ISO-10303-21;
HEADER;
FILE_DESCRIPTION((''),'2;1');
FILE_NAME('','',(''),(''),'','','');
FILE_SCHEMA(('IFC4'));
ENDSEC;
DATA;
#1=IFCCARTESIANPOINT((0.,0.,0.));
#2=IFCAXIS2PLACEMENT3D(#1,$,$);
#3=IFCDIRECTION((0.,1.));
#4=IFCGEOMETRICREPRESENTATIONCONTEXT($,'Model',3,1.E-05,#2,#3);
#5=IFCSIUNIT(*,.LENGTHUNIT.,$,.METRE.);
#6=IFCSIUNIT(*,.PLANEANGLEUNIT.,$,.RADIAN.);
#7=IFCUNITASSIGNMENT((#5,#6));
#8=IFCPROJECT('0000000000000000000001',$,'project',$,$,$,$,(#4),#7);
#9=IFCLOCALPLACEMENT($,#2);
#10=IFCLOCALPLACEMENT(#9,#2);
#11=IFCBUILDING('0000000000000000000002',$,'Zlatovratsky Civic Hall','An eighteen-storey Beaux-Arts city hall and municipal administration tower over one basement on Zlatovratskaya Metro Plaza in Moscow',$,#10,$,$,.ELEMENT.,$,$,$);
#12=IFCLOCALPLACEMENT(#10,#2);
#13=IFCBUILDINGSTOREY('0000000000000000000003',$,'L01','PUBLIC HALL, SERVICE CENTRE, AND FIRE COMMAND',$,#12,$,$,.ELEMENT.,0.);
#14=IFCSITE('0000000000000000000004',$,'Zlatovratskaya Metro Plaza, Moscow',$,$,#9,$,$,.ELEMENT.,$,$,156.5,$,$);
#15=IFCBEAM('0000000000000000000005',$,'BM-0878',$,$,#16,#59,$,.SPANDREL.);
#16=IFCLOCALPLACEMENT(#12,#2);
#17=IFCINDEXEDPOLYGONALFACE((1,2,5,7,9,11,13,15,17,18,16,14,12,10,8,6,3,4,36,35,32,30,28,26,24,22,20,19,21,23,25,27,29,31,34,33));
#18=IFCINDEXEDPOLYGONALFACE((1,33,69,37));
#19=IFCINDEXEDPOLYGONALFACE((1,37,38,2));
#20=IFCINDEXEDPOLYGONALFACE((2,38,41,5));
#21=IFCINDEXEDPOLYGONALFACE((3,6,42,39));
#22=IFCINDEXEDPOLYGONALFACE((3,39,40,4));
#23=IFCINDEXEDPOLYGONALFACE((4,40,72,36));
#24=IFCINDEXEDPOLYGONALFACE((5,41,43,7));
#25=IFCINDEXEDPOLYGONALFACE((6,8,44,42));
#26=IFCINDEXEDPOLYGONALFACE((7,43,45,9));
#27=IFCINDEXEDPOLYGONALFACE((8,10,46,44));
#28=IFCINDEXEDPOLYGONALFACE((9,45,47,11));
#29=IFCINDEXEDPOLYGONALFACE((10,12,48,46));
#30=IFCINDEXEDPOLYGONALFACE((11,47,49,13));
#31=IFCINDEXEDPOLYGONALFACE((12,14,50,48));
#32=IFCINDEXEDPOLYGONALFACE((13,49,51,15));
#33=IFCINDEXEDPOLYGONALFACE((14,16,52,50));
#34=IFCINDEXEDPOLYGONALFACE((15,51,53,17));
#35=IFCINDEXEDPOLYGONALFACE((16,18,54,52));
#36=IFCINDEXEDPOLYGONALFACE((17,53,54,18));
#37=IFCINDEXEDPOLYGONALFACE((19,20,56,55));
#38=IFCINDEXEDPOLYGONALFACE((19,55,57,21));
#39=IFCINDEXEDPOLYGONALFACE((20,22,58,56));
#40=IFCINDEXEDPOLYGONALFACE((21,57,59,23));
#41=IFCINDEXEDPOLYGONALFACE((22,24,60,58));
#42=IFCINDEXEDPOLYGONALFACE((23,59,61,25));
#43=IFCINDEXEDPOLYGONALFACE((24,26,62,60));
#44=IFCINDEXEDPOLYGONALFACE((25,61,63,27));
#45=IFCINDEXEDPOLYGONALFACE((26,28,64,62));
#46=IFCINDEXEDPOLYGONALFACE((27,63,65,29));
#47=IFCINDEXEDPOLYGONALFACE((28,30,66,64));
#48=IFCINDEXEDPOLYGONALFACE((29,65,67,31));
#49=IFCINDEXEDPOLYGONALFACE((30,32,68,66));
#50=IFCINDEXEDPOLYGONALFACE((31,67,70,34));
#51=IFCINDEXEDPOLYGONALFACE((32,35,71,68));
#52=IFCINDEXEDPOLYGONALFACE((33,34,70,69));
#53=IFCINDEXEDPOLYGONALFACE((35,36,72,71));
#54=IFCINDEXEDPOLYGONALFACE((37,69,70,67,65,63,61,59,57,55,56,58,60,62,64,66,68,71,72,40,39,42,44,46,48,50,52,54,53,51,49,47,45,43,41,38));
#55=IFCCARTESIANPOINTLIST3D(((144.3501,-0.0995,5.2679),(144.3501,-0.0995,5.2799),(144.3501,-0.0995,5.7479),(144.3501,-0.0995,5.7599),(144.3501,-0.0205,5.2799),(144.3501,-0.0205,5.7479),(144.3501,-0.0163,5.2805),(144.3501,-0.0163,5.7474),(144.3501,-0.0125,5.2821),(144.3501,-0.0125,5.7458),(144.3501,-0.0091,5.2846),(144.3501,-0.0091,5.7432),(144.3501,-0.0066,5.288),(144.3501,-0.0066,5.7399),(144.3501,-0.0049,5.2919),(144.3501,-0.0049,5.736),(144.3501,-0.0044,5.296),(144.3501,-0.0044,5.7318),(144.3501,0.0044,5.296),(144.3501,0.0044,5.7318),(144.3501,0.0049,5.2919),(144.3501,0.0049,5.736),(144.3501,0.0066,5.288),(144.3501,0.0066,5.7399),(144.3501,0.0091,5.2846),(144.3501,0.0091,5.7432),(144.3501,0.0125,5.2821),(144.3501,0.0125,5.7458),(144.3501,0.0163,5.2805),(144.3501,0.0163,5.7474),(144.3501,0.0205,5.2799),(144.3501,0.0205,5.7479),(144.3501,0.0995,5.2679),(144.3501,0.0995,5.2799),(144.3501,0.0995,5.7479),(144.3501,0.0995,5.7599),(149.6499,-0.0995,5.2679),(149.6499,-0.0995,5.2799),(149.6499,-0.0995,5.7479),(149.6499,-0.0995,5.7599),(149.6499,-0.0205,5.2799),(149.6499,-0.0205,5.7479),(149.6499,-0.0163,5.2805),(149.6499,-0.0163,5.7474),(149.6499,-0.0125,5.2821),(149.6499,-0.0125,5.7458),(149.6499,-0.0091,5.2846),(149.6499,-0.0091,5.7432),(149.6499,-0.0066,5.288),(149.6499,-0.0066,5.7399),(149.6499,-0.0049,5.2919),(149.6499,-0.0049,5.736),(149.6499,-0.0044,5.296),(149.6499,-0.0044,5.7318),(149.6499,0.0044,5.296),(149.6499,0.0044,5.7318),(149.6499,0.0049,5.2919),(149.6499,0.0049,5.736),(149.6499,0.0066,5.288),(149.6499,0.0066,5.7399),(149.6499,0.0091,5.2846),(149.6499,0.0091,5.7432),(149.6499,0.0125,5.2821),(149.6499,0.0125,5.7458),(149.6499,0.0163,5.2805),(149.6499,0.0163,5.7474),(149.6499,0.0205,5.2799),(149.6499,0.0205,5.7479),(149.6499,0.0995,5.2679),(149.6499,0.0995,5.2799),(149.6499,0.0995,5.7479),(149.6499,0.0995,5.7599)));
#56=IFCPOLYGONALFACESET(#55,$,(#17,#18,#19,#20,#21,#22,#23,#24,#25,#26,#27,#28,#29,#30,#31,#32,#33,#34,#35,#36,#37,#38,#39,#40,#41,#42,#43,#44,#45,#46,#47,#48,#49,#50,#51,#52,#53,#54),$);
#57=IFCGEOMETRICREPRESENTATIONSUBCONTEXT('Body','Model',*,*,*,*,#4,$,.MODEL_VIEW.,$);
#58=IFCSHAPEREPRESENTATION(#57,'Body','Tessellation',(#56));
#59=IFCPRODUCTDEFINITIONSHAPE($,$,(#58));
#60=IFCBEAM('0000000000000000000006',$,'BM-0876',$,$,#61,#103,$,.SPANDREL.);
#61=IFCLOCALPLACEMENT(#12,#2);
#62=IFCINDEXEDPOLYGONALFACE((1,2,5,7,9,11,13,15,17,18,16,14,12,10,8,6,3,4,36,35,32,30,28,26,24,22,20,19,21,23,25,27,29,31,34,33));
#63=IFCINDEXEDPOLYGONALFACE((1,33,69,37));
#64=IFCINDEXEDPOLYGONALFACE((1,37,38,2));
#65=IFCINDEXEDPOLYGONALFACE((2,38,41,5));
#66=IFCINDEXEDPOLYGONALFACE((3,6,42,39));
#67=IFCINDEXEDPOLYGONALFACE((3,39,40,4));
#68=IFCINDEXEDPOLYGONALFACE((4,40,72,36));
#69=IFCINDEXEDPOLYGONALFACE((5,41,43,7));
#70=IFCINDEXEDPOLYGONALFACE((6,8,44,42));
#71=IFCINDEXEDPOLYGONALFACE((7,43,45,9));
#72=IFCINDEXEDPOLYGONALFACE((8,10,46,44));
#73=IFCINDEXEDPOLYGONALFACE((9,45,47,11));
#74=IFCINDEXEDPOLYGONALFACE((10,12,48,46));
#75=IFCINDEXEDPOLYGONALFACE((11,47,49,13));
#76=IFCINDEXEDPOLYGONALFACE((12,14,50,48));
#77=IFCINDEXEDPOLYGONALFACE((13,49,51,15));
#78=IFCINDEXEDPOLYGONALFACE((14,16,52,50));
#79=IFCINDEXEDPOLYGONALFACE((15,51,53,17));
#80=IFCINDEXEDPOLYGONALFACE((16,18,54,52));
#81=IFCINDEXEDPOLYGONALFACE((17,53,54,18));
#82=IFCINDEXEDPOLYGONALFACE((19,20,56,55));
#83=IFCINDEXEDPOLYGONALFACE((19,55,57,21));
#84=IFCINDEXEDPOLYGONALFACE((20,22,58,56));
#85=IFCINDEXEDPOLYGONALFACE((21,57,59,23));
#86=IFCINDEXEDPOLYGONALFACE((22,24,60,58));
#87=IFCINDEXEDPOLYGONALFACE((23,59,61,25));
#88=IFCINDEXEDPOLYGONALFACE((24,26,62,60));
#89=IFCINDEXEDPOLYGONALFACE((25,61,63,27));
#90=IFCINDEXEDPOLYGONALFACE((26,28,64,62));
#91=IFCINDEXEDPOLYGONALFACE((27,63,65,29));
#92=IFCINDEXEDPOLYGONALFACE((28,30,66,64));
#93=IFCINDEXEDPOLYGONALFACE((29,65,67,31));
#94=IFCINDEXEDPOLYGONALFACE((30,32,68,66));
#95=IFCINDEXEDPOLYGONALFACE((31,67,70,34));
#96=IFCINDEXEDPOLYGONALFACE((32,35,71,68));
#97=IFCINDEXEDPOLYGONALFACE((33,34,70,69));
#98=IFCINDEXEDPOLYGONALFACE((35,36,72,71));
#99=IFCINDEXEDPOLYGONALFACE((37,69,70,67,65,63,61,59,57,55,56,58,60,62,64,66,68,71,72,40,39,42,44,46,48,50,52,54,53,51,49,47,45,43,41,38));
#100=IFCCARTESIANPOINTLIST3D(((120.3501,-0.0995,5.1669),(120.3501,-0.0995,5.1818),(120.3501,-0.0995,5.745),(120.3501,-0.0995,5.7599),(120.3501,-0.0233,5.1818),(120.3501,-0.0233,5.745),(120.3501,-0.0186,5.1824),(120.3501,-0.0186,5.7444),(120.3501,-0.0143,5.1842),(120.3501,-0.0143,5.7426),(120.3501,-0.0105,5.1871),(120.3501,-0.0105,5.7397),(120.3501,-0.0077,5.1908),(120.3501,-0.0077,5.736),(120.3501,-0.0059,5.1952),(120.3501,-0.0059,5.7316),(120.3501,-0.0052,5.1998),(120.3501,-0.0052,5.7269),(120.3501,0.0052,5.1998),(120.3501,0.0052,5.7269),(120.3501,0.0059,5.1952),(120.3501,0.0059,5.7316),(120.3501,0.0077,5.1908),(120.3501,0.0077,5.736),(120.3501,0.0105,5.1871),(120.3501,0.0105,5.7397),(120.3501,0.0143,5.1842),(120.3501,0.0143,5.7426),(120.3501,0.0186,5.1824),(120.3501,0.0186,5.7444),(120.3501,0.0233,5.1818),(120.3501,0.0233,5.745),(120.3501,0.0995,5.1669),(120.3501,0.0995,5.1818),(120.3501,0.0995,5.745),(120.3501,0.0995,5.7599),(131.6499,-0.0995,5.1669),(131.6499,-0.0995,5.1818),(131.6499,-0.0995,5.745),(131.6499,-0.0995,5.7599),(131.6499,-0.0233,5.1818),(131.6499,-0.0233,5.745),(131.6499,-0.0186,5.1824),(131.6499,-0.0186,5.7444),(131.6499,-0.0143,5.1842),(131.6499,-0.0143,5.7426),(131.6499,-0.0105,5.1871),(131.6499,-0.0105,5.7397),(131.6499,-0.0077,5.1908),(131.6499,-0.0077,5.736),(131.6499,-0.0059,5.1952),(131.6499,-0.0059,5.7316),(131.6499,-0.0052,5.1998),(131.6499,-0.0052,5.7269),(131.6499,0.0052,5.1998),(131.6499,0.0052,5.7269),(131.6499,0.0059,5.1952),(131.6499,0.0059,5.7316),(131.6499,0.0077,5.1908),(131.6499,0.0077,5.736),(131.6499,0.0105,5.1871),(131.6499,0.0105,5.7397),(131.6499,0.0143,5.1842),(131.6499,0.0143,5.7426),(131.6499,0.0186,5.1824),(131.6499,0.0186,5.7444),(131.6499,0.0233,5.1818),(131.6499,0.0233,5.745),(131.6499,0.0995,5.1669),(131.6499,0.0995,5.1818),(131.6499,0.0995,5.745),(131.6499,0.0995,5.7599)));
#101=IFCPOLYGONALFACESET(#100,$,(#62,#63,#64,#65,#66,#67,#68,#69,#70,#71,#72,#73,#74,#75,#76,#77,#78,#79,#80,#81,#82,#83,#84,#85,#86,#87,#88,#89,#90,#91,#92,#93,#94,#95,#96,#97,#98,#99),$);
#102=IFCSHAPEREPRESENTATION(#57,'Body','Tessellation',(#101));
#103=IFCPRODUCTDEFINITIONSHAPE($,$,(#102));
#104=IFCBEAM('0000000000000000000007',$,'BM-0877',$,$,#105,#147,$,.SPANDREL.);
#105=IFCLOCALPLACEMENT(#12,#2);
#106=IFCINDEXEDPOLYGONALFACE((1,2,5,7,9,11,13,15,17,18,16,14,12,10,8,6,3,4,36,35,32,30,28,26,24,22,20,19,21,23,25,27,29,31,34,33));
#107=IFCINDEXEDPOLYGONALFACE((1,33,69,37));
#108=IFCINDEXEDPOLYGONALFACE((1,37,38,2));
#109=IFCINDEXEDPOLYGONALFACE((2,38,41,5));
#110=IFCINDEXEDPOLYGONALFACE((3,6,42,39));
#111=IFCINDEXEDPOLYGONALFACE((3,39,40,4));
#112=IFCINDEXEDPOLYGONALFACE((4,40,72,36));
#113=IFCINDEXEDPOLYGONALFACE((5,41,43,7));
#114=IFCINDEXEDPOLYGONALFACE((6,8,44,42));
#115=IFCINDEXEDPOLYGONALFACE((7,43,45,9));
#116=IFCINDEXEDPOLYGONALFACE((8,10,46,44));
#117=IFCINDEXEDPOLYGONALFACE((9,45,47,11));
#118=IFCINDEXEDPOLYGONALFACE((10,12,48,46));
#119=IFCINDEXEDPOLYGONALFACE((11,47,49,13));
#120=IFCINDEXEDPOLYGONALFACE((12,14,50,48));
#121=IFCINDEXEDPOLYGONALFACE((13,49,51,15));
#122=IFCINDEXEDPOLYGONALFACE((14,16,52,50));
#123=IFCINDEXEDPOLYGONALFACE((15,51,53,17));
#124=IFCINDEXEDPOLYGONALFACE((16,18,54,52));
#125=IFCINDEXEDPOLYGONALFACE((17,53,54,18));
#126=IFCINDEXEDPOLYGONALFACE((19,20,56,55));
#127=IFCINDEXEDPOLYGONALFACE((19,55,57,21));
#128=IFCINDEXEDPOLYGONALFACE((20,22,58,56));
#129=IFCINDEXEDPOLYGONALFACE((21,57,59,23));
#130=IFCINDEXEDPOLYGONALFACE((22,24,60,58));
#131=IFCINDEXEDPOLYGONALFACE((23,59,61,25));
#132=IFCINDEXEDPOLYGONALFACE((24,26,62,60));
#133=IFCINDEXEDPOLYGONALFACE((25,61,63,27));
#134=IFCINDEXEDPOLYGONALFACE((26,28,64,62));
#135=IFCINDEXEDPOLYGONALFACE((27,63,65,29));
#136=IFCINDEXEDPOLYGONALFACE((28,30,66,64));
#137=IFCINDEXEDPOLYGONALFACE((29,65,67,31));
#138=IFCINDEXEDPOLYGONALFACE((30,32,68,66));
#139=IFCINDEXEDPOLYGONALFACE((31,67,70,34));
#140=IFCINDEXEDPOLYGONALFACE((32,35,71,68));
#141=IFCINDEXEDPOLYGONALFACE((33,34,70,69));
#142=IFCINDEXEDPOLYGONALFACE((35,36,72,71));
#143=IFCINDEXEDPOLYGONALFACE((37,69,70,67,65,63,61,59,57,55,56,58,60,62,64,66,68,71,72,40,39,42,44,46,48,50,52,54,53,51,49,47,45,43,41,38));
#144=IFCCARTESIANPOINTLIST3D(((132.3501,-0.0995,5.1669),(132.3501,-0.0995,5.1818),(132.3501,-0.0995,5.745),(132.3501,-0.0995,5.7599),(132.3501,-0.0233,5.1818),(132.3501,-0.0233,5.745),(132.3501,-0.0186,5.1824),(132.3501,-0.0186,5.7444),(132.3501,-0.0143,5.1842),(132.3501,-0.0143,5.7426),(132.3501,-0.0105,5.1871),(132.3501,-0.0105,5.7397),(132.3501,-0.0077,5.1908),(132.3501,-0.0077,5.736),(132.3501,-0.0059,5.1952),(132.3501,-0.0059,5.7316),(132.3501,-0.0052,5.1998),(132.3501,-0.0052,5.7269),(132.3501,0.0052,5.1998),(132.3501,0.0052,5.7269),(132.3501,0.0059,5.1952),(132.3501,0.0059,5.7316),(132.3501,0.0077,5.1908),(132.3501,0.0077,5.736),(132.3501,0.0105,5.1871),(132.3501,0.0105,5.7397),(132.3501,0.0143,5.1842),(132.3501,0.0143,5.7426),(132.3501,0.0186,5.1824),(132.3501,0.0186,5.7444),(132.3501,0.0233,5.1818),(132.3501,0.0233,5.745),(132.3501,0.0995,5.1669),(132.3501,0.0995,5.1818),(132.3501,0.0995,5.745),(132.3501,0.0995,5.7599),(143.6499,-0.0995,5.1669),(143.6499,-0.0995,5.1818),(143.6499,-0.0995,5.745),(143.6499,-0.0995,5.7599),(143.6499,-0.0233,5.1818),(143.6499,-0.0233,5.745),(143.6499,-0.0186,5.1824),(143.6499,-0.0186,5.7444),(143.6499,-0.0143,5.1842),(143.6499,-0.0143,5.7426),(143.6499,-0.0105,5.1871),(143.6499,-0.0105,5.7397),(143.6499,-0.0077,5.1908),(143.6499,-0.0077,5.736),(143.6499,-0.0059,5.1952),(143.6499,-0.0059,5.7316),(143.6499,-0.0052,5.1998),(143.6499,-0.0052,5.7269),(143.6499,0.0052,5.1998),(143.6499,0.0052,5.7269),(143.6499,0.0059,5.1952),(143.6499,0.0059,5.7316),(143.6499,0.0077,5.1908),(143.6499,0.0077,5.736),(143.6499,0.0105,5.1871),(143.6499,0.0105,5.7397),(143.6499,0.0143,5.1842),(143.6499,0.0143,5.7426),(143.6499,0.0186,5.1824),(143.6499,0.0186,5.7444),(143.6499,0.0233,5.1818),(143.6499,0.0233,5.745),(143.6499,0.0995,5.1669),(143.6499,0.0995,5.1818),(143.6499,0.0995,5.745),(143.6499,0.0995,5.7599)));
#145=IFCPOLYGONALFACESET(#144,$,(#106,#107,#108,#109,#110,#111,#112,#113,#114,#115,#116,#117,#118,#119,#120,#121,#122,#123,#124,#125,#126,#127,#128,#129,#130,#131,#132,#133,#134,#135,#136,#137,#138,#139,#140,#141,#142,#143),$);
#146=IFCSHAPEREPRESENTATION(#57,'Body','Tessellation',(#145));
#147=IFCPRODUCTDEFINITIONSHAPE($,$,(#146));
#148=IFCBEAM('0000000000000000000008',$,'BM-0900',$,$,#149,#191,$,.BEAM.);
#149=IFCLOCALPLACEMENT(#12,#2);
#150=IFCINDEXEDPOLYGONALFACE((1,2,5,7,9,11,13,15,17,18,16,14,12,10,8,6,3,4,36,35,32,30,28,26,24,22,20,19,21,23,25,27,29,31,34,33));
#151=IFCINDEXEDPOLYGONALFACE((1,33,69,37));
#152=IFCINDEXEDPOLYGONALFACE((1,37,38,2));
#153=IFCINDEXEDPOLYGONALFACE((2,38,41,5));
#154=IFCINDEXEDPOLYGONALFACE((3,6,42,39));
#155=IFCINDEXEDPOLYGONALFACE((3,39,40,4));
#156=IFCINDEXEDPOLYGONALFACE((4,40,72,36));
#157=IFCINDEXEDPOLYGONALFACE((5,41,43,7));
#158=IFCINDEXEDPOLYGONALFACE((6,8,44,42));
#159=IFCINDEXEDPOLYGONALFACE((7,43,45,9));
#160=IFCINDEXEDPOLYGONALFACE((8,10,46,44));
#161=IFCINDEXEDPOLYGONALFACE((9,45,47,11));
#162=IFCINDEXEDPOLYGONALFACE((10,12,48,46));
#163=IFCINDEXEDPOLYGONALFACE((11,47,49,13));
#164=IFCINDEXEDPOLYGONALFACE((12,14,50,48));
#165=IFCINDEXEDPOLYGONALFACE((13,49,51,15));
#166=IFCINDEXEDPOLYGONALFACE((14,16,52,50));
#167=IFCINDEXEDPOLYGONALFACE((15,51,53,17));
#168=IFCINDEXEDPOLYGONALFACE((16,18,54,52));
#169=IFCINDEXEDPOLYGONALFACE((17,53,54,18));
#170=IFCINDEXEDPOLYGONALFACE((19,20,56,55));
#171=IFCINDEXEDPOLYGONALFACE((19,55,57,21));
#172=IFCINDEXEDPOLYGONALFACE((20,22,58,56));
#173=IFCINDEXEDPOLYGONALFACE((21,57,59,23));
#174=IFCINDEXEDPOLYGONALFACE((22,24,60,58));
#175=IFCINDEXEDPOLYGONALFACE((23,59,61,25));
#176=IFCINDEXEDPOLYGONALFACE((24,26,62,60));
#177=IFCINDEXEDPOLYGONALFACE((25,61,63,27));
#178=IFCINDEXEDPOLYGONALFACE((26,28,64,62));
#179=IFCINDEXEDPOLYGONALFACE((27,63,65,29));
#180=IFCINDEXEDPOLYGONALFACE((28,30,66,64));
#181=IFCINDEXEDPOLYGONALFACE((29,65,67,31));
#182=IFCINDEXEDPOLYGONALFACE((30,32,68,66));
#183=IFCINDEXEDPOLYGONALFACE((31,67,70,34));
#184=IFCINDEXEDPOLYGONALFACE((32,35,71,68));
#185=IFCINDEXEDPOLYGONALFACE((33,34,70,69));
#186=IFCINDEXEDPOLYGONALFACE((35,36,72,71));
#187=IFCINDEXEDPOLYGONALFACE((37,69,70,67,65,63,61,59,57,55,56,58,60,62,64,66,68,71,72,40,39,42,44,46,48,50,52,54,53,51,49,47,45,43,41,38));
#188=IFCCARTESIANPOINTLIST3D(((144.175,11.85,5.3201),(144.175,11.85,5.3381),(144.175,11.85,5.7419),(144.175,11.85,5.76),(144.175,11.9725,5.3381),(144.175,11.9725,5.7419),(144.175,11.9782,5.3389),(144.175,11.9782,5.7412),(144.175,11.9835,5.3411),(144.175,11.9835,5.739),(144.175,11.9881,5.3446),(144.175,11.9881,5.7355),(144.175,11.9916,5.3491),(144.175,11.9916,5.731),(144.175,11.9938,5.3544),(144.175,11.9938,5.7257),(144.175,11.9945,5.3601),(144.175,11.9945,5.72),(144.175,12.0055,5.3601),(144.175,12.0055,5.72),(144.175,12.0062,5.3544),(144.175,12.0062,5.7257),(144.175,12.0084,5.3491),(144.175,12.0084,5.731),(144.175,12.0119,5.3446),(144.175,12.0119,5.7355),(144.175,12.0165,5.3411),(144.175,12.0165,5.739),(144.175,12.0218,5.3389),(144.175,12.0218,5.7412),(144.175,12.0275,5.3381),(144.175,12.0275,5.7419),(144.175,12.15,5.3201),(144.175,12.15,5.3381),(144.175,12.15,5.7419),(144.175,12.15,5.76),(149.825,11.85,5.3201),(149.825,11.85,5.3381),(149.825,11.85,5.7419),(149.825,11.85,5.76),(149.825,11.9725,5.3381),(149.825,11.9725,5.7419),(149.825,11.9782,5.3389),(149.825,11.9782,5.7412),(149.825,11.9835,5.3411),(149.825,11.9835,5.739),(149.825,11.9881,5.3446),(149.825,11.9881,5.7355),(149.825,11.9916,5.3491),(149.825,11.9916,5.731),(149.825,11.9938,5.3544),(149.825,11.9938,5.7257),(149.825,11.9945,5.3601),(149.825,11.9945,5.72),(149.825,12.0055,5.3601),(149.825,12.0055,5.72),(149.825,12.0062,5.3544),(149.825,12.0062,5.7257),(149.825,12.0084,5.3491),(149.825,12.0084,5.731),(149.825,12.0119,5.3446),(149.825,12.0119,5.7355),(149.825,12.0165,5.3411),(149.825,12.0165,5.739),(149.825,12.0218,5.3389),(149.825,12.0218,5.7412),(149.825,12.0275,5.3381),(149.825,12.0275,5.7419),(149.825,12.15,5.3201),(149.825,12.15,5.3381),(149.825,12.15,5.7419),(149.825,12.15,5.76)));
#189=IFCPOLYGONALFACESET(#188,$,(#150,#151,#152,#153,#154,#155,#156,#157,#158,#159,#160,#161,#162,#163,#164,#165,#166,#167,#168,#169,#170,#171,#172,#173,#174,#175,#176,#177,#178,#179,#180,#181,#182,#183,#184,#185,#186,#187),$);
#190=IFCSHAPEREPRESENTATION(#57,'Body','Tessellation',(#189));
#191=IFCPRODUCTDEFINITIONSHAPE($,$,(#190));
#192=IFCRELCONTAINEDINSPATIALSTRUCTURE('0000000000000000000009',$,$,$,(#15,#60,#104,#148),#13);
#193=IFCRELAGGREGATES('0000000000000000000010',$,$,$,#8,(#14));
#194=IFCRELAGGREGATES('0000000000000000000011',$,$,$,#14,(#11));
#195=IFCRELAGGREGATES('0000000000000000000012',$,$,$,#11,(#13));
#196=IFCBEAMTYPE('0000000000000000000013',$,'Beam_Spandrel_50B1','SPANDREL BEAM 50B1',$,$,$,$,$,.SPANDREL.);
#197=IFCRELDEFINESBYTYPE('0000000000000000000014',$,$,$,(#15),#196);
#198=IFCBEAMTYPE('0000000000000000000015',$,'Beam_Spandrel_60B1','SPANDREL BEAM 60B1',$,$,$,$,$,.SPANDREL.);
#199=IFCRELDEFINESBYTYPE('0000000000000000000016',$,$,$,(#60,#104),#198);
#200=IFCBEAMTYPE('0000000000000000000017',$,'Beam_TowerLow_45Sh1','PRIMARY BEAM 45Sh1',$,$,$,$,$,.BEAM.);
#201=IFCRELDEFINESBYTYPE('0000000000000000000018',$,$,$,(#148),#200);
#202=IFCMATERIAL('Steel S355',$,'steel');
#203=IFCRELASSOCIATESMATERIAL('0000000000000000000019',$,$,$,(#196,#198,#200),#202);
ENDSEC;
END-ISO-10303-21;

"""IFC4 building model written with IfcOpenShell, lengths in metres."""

from ifc_helpers import new_model, si_unit, direction, frame, origin, origin_2d, place, context, subcontext, project, spatial, i_section, extrude, material, material_profile, profile_set, type_object, element, save


model = new_model("IFC4")

# Units and contexts
model_context = context("Model", 3, precision=1e-05, world=origin(), true_north=direction((0.0, 1.0)))
body_context = subcontext(model_context, "Body", "Model", "MODEL_VIEW")
ifc_project = project(units=[si_unit("LENGTHUNIT", "METRE"), si_unit("PLANEANGLEUNIT", "RADIAN")], contexts=[model_context])

# Site, building, storey
site_placement = place(None, origin())
site = spatial("IfcSite", under=ifc_project, at=site_placement, Name="Zlatovratskaya Metro Plaza, Moscow", CompositionType="ELEMENT", RefElevation=156.5)
building_placement = place(site_placement, origin())
building = spatial("IfcBuilding", under=site, at=building_placement, Name="Zlatovratsky Civic Hall", Description="An eighteen-storey Beaux-Arts city hall and municipal administration tower over one basement on Zlatovratskaya Metro Plaza in Moscow", CompositionType="ELEMENT")
storey_placement = place(building_placement, origin())
storey = spatial("IfcBuildingStorey", under=building, at=storey_placement, Name="L01", Description="PUBLIC HALL, SERVICE CENTRE, AND FIRE COMMAND", CompositionType="ELEMENT", Elevation=0.0)

# Shared definitions
ifc_material_1 = material(Name="Steel S355", Category="steel")

# Beams
ifc_material_profile_1 = material_profile(ifc_material_1, i_section(OverallWidth=0.199, OverallDepth=0.4919, WebThickness=0.0088, FlangeThickness=0.012, FilletRadius=0.0161, at=origin_2d()), Name="50B1")
ifc_profile_set_1 = profile_set([ifc_material_profile_1], Name="Steel S355")
beam_type_1 = type_object("IfcBeamType", Name="Beam_Spandrel_50B1", Description="SPANDREL BEAM 50B1", PredefinedType="SPANDREL", material=ifc_profile_set_1)
beam_1_placement = place(storey_placement, frame((144.3501, 0.0, 5.5139), z_axis=(1.0, 0.0, 0.0), x_axis=(0.0, 1.0, 0.0)))
element("IfcBeam", 1, at=beam_1_placement, inside=storey, type_object=beam_type_1, Name="BM-0878", PredefinedType="SPANDREL", context=body_context, shape_type="SweptSolid", body=[
    extrude(i_section(OverallWidth=0.199, OverallDepth=0.4919, WebThickness=0.0088, FlangeThickness=0.012, FilletRadius=0.0161, at=origin_2d()), origin(), (0.0, 0.0, 1.0), 5.2998),
])
ifc_material_profile_2 = material_profile(ifc_material_1, i_section(OverallWidth=0.199, OverallDepth=0.593, WebThickness=0.0105, FlangeThickness=0.0149, FilletRadius=0.0181, at=origin_2d()), Name="60B1")
ifc_profile_set_2 = profile_set([ifc_material_profile_2], Name="Steel S355")
beam_type_2 = type_object("IfcBeamType", Name="Beam_Spandrel_60B1", Description="SPANDREL BEAM 60B1", PredefinedType="SPANDREL", material=ifc_profile_set_2)
for number, where, z_axis, x_axis, name in (
    (2, (120.3501, 0.0, 5.4634), (1.0, 0.0, 0.0), (0.0, 1.0, 0.0), "BM-0876"),
    (3, (132.3501, 0.0, 5.4634), (1.0, 0.0, 0.0), (0.0, 1.0, 0.0), "BM-0877"),
):
    element("IfcBeam", number, at=place(storey_placement, frame(where, z_axis=z_axis, x_axis=x_axis)), inside=storey, type_object=beam_type_2, Name=name, PredefinedType="SPANDREL", context=body_context, shape_type="SweptSolid", body=[
        extrude(i_section(OverallWidth=0.199, OverallDepth=0.593, WebThickness=0.0105, FlangeThickness=0.0149, FilletRadius=0.0181, at=origin_2d()), origin(), (0.0, 0.0, 1.0), 11.2998),
    ])
ifc_material_profile_3 = material_profile(ifc_material_1, i_section(OverallWidth=0.3, OverallDepth=0.4399, WebThickness=0.011, FlangeThickness=0.0181, FilletRadius=0.022, at=origin_2d()), Name="45Sh1")
ifc_profile_set_3 = profile_set([ifc_material_profile_3], Name="Steel S355")
beam_type_3 = type_object("IfcBeamType", Name="Beam_TowerLow_45Sh1", Description="PRIMARY BEAM 45Sh1", PredefinedType="BEAM", material=ifc_profile_set_3)
beam_2_placement = place(storey_placement, frame((144.175, 12.0, 5.54), z_axis=(1.0, 0.0, 0.0), x_axis=(0.0, 1.0, 0.0)))
element("IfcBeam", 4, at=beam_2_placement, inside=storey, type_object=beam_type_3, Name="BM-0900", PredefinedType="BEAM", context=body_context, shape_type="SweptSolid", body=[
    extrude(i_section(OverallWidth=0.3, OverallDepth=0.4399, WebThickness=0.011, FlangeThickness=0.0181, FilletRadius=0.022, at=origin_2d()), origin(), (0.0, 0.0, 1.0), 5.6499),
])

save(model, "model.ifc")
